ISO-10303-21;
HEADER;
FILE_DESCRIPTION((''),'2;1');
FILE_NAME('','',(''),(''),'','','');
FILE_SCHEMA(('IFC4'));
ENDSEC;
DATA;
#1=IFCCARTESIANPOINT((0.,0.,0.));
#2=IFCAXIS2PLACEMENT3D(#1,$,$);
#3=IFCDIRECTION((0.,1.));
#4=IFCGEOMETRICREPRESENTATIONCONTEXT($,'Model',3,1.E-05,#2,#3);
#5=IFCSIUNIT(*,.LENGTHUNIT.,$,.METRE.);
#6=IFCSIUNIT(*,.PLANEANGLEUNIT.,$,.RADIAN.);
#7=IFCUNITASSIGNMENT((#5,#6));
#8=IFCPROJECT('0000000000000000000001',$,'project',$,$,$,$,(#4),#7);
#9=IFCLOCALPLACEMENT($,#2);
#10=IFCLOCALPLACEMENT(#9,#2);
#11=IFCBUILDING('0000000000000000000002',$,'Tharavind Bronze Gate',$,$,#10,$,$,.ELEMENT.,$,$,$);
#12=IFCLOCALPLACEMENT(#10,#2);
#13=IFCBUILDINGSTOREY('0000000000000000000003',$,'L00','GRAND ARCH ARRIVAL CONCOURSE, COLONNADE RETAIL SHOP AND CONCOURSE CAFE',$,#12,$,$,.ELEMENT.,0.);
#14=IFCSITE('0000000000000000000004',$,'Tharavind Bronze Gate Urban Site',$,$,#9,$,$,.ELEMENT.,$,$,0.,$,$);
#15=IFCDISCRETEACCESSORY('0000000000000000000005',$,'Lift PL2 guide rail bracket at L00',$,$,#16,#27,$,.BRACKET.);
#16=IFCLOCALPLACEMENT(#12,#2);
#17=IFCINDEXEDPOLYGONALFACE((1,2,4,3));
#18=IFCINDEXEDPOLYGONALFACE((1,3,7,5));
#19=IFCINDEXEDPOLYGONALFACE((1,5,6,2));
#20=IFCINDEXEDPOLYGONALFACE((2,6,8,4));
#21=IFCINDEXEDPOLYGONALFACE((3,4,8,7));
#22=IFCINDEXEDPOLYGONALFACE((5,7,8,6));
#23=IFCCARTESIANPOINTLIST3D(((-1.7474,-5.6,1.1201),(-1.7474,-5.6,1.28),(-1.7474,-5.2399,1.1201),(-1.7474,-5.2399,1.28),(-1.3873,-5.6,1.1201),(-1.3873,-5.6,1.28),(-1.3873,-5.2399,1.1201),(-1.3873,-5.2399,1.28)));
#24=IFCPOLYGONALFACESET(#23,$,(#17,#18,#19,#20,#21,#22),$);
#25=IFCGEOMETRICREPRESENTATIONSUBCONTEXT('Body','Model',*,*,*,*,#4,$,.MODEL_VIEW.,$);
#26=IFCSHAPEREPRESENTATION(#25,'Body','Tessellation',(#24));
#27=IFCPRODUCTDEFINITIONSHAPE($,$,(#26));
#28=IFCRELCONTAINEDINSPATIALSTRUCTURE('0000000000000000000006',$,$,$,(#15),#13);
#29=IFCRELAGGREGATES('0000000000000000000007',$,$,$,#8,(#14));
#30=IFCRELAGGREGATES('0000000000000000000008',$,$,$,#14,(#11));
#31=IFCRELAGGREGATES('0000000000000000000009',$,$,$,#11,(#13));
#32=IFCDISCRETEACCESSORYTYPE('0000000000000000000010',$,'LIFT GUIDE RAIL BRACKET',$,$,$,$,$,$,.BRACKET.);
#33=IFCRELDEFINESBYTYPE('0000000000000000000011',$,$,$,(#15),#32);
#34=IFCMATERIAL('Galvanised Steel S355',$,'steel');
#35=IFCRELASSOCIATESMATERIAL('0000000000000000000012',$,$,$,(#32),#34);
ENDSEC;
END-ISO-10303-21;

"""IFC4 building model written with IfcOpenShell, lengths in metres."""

from ifc_helpers import new_model, si_unit, direction, frame, origin, origin_2d, place, context, subcontext, project, spatial, rectangle, extrude, material, type_object, element, save


model = new_model("IFC4")

# Units and contexts
model_context = context("Model", 3, precision=1e-05, world=origin(), true_north=direction((0.0, 1.0)))
body_context = subcontext(model_context, "Body", "Model", "MODEL_VIEW")
ifc_project = project(units=[si_unit("LENGTHUNIT", "METRE"), si_unit("PLANEANGLEUNIT", "RADIAN")], contexts=[model_context])

# Site, building, storey
site_placement = place(None, origin())
site = spatial("IfcSite", under=ifc_project, at=site_placement, Name="Tharavind Bronze Gate Urban Site", CompositionType="ELEMENT", RefElevation=0.0)
building_placement = place(site_placement, origin())
building = spatial("IfcBuilding", under=site, at=building_placement, Name="Tharavind Bronze Gate", CompositionType="ELEMENT")
storey_placement = place(building_placement, origin())
storey = spatial("IfcBuildingStorey", under=building, at=storey_placement, Name="L00", Description="GRAND ARCH ARRIVAL CONCOURSE, COLONNADE RETAIL SHOP AND CONCOURSE CAFE", CompositionType="ELEMENT", Elevation=0.0)

# Discrete accessory
ifc_material_1 = material(Name="Galvanised Steel S355", Category="steel")
discrete_accessory_type = type_object("IfcDiscreteAccessoryType", Name="LIFT GUIDE RAIL BRACKET", PredefinedType="BRACKET", material=ifc_material_1)
for number, where, z_axis, x_axis, name in (
    (1, (-1.5674, -5.4199, 1.1201), (0.0, 0.0, 1.0), (1.0, 0.0, 0.0), "Lift PL2 guide rail bracket at L00"),
):
    element("IfcDiscreteAccessory", number, at=place(storey_placement, frame(where, z_axis=z_axis, x_axis=x_axis)), inside=storey, type_object=discrete_accessory_type, Name=name, PredefinedType="BRACKET", context=body_context, shape_type="SweptSolid", body=[
        extrude(rectangle(XDim=0.3601, YDim=0.3601, at=origin_2d()), origin(), (0.0, 0.0, 1.0), 0.1599),
    ])

save(model, "model.ifc")
